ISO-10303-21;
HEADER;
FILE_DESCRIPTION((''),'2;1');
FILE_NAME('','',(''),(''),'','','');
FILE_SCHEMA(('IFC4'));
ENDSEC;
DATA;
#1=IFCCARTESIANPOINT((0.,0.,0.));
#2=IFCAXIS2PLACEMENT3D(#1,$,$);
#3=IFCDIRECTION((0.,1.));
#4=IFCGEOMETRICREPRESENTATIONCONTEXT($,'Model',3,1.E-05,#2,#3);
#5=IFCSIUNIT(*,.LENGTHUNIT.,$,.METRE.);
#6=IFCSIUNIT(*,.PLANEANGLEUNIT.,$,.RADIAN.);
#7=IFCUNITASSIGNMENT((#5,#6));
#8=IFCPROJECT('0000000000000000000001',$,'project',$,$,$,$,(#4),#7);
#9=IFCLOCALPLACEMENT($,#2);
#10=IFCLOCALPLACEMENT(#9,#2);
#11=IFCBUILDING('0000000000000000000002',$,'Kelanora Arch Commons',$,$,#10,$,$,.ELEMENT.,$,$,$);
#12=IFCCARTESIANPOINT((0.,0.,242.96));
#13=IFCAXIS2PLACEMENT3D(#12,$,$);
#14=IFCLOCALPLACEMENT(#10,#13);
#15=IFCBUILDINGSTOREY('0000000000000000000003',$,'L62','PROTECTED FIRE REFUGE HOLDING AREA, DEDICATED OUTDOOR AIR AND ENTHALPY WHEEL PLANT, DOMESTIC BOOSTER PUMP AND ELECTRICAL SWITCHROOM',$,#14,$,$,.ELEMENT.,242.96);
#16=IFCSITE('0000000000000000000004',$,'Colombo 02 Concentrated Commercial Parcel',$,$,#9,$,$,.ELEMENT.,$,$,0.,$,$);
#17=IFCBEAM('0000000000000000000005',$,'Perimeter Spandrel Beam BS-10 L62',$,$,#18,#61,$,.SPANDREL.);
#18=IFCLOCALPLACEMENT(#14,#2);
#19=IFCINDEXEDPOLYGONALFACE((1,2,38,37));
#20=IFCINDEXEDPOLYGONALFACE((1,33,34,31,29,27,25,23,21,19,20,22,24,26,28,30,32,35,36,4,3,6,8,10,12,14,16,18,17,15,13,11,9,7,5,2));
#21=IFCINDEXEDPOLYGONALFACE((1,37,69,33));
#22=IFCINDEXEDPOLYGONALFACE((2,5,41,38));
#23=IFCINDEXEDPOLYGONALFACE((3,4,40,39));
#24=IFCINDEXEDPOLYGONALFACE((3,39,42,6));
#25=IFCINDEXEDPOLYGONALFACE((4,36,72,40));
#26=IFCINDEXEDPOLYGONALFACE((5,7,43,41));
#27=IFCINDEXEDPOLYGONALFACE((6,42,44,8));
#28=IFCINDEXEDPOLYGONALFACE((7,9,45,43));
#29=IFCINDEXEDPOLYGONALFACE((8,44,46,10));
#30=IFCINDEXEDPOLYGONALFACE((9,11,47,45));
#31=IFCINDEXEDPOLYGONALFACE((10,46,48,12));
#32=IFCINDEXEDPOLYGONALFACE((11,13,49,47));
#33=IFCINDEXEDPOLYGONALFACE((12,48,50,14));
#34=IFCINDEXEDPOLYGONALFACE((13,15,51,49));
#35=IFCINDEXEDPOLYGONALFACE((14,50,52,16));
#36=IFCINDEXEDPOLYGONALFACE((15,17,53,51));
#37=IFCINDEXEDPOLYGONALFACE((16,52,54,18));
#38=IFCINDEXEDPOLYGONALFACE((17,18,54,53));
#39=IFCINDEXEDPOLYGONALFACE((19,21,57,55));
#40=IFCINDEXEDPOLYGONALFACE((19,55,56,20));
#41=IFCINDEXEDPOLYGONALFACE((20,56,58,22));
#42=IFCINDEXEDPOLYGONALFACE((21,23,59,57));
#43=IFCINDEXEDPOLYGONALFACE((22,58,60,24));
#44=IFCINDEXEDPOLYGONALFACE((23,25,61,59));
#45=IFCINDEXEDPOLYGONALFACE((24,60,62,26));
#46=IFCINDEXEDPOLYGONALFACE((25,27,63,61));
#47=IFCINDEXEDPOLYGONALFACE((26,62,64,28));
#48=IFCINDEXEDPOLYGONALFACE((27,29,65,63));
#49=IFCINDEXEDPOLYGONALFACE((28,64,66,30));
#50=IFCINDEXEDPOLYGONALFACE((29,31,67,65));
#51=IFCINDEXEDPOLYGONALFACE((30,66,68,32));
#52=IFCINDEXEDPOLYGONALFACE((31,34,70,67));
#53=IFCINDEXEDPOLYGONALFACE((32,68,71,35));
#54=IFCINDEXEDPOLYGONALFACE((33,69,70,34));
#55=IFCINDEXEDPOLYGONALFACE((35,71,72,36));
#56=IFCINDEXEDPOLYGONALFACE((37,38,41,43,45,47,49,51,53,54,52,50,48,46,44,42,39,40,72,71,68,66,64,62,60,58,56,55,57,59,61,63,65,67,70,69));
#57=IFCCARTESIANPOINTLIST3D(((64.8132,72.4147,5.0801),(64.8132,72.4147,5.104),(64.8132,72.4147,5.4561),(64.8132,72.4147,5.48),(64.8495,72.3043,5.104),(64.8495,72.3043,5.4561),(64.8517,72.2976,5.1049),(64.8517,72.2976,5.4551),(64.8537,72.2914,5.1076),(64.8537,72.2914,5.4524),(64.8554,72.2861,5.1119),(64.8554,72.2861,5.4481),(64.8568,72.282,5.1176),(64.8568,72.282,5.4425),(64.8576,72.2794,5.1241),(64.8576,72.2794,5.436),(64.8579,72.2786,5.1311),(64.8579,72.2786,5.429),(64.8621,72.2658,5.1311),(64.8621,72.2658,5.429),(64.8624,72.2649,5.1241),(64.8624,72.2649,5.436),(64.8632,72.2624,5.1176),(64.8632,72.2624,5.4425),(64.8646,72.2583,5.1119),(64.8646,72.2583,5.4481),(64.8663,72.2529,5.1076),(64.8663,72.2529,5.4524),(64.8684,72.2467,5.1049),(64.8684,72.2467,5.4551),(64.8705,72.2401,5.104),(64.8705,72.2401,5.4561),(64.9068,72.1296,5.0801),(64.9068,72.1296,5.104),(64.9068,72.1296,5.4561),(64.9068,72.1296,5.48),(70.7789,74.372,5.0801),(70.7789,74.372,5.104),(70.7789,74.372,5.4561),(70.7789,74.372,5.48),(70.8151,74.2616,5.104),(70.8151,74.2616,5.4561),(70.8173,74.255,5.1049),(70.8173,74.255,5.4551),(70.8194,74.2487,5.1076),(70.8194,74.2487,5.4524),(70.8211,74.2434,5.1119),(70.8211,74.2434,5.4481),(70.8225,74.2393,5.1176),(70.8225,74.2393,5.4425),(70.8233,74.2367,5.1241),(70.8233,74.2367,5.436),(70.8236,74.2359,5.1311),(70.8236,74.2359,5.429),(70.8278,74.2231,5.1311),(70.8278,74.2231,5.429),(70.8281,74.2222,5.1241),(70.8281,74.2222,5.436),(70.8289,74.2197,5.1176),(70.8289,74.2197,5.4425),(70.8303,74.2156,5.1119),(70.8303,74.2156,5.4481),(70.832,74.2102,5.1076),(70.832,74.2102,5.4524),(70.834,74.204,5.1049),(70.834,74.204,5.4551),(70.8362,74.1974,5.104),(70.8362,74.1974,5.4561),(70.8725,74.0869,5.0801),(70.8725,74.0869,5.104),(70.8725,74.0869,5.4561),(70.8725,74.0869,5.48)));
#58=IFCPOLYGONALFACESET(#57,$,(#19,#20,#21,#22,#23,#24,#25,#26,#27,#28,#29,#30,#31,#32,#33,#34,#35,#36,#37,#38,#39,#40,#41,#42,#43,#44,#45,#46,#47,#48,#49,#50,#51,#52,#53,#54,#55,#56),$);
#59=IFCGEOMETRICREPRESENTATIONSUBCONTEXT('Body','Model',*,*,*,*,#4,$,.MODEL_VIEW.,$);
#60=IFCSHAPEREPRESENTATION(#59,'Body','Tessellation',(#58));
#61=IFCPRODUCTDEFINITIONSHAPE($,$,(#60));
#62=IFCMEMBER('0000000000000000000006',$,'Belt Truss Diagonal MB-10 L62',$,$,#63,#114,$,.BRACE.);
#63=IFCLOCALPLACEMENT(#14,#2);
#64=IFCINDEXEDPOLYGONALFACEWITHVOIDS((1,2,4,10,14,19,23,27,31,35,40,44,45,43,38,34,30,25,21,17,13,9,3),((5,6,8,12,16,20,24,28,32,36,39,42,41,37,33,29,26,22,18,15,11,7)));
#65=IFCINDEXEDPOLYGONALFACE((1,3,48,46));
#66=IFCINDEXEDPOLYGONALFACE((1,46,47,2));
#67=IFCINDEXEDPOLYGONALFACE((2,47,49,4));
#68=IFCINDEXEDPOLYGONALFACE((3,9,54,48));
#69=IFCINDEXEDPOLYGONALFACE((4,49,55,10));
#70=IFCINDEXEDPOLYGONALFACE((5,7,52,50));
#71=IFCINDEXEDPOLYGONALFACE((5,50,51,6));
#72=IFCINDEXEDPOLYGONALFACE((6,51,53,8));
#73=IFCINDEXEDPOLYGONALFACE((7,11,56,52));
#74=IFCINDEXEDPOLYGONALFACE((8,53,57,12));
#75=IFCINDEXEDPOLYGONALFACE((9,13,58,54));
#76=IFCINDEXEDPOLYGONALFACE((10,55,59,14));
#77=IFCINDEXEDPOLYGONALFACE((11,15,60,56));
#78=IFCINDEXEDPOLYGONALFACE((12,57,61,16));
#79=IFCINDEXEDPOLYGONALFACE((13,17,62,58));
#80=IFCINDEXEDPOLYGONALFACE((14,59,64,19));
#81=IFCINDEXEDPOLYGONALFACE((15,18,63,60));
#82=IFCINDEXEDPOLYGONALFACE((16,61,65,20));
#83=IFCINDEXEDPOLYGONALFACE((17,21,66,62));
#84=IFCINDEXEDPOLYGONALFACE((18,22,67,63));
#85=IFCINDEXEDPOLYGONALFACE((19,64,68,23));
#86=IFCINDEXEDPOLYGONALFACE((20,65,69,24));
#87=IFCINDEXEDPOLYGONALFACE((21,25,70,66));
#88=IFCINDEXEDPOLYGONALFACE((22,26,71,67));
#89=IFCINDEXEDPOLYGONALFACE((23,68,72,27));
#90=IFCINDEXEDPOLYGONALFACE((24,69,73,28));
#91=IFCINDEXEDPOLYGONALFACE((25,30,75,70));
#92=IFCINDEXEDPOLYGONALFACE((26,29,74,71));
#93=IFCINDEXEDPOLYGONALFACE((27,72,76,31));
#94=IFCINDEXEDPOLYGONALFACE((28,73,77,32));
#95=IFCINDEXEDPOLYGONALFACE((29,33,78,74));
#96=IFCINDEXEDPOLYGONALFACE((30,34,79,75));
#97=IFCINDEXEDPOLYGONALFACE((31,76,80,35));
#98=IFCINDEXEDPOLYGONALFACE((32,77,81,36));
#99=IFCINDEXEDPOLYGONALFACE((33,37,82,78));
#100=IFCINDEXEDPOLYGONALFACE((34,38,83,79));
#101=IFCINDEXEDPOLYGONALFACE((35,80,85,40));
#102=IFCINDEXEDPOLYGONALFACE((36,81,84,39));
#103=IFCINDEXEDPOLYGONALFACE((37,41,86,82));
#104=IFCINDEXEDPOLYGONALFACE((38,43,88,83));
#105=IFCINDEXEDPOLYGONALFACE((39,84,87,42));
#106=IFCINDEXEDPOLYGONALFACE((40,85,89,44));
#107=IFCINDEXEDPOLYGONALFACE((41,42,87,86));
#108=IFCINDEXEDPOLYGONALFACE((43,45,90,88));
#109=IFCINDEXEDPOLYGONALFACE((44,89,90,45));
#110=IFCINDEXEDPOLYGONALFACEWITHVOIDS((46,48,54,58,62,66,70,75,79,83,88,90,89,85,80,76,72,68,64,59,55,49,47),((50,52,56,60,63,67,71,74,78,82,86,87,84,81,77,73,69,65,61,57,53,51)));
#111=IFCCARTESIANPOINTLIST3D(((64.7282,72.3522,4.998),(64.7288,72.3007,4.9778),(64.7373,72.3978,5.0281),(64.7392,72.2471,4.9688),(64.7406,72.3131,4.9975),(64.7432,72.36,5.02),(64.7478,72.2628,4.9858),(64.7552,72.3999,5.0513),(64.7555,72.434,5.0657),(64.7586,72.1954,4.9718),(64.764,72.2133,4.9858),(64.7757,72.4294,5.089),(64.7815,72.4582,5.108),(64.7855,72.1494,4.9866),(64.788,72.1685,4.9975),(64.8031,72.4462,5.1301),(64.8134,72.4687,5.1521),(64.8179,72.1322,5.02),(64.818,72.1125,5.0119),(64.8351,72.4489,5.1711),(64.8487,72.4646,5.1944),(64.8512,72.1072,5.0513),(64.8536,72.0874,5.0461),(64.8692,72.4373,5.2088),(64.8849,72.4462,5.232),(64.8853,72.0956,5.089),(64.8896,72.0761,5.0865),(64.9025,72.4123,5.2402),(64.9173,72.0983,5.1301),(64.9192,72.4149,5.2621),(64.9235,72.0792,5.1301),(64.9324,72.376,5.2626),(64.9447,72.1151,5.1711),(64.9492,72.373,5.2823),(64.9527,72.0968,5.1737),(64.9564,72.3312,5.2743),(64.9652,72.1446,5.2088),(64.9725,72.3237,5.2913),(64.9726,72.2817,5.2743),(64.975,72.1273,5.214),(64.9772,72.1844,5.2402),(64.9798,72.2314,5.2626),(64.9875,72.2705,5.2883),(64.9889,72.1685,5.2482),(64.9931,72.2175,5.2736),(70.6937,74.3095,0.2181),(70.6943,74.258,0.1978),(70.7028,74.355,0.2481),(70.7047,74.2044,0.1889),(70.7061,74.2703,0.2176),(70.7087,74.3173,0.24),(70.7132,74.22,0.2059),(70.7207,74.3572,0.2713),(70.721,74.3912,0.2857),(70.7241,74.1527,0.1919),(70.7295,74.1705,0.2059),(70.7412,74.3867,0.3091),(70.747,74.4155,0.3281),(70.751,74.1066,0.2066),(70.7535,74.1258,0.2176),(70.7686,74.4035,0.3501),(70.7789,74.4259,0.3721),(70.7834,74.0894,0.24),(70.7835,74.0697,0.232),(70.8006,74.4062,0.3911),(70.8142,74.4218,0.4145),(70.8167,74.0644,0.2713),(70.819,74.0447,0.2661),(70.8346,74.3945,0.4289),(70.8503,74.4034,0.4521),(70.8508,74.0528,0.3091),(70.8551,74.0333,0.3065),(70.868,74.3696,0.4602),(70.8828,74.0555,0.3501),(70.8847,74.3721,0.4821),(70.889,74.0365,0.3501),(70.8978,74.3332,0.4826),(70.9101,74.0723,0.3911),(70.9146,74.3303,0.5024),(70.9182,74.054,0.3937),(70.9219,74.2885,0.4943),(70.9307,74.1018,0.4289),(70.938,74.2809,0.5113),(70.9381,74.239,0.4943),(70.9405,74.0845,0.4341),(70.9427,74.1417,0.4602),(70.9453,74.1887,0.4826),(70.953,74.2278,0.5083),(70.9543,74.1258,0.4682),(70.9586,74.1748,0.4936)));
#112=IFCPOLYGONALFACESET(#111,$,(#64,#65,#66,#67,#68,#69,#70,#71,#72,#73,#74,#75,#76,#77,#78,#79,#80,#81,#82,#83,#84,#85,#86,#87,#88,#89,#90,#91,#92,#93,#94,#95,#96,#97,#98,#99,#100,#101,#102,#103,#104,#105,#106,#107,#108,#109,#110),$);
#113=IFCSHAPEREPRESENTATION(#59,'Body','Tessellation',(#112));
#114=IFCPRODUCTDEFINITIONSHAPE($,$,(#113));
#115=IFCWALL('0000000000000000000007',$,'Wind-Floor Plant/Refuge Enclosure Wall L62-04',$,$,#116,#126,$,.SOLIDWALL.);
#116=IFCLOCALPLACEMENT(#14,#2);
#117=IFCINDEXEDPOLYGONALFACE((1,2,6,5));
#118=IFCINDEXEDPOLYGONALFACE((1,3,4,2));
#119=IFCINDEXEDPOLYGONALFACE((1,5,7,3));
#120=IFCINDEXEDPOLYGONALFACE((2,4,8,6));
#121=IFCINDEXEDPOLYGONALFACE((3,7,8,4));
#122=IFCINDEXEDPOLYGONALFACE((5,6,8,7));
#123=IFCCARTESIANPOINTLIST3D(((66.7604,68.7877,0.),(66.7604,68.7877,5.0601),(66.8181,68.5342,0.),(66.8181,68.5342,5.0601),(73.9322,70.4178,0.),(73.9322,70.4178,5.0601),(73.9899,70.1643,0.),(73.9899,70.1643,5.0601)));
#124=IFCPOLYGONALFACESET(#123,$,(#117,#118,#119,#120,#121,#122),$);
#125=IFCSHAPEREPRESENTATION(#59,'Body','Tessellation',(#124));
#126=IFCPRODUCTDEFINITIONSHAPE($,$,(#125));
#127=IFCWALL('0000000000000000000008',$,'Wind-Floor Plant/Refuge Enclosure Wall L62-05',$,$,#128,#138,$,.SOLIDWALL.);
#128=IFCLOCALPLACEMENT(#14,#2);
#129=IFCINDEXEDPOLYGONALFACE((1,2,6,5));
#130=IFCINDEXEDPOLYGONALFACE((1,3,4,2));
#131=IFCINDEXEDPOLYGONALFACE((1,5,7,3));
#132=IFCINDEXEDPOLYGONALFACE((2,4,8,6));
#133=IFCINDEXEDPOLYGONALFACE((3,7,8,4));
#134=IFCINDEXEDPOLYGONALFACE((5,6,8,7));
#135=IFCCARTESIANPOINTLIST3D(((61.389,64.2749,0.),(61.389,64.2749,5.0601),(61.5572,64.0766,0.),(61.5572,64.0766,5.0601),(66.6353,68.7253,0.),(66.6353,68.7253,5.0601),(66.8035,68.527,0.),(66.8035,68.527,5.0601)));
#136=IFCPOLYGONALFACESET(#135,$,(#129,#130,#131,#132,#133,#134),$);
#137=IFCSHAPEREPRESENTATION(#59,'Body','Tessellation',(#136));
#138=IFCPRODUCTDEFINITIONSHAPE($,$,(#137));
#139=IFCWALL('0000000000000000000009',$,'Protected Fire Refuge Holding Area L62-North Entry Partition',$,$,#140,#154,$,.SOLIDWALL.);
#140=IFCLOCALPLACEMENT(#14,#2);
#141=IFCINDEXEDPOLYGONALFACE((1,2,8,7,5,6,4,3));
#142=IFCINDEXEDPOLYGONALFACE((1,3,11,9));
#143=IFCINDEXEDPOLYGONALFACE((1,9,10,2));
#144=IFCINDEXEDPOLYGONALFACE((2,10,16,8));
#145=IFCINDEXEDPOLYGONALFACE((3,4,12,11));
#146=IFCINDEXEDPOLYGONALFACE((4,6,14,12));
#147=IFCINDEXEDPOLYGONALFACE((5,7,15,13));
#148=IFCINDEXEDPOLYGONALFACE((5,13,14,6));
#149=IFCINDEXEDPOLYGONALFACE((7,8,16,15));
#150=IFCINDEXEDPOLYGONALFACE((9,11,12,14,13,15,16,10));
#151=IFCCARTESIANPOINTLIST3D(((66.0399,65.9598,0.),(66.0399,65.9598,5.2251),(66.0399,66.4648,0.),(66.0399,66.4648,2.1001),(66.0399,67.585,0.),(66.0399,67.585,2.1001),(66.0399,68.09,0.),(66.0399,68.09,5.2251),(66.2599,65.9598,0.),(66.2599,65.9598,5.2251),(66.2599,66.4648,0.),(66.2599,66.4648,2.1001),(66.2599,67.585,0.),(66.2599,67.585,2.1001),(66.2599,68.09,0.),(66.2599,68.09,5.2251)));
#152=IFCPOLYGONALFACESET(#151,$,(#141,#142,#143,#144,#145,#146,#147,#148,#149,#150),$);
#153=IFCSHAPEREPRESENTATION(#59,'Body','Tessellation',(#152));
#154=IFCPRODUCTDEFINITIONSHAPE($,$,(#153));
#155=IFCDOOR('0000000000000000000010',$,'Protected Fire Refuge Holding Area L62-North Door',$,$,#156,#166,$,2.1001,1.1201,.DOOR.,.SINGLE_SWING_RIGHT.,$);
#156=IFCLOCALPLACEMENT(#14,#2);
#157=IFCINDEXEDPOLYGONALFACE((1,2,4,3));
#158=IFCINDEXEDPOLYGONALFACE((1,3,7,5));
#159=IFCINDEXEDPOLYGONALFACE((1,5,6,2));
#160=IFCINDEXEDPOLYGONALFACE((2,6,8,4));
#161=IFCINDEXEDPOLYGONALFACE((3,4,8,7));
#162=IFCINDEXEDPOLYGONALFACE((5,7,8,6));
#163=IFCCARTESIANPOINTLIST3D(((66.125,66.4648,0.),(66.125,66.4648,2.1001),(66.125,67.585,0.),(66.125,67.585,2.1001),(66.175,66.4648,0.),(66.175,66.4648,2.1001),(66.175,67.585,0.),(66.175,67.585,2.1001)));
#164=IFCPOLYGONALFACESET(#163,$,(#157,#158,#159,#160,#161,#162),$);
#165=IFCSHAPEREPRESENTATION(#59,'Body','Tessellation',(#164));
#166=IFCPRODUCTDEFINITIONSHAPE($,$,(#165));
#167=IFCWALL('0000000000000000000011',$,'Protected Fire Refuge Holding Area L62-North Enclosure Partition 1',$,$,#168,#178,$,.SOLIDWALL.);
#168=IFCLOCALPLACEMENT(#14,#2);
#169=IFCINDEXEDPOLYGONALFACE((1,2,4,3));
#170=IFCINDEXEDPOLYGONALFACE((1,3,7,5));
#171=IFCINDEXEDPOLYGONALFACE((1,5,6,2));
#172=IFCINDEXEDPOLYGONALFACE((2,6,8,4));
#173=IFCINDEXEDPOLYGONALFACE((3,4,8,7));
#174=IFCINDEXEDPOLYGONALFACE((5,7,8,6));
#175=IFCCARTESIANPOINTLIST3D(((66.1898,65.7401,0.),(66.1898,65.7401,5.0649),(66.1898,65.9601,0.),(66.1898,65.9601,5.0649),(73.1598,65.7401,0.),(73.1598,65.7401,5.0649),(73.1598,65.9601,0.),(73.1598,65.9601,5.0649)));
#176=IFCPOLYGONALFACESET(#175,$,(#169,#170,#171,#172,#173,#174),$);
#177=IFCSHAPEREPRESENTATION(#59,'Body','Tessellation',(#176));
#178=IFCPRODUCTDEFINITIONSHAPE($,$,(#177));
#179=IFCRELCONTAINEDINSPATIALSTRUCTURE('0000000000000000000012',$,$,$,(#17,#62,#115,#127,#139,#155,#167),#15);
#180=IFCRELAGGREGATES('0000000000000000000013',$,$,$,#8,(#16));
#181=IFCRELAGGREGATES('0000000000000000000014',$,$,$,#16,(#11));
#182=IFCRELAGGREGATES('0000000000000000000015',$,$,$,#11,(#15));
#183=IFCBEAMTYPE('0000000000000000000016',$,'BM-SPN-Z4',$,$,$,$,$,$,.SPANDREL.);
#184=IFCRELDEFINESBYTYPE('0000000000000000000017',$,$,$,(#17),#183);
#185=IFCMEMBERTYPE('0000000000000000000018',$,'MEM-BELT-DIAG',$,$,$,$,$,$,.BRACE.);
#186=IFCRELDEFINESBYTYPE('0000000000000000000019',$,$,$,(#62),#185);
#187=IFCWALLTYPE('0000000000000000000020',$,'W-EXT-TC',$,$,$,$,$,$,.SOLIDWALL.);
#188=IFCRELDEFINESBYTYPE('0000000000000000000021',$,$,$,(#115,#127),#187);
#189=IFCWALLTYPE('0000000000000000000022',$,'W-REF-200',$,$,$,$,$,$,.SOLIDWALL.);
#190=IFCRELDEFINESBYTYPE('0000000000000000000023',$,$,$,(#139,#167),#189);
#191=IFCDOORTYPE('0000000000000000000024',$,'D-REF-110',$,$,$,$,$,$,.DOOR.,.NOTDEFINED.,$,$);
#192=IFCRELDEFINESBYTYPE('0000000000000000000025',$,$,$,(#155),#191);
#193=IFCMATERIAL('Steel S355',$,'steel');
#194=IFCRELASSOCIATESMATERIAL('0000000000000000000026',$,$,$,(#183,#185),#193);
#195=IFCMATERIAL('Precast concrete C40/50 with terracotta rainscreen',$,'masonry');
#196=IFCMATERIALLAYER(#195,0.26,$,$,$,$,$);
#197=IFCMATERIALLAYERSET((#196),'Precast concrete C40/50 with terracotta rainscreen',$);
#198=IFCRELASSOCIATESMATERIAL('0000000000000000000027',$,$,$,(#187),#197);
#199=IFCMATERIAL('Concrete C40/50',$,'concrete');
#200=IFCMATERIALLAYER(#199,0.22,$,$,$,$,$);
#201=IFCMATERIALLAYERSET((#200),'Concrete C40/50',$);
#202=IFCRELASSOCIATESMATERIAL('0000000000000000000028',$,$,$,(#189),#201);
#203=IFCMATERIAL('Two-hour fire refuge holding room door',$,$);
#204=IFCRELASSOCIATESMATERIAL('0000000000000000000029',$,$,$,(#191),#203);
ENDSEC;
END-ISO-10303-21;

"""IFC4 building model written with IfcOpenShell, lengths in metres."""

from ifc_helpers import new_model, si_unit, direction, frame, frame_2d, origin, origin_2d, place, context, subcontext, project, spatial, rectangle, hollow_circle, i_section, extrude, material, layer, layer_set, material_profile, profile_set, type_object, element, fill, save


model = new_model("IFC4")

# Units and contexts
model_context = context("Model", 3, precision=1e-05, world=origin(), true_north=direction((0.0, 1.0)))
body_context = subcontext(model_context, "Body", "Model", "MODEL_VIEW")
ifc_project = project(units=[si_unit("LENGTHUNIT", "METRE"), si_unit("PLANEANGLEUNIT", "RADIAN")], contexts=[model_context])

# Site, building, storey
site_placement = place(None, origin())
site = spatial("IfcSite", under=ifc_project, at=site_placement, Name="Colombo 02 Concentrated Commercial Parcel", CompositionType="ELEMENT", RefElevation=0.0)
building_placement = place(site_placement, origin())
building = spatial("IfcBuilding", under=site, at=building_placement, Name="Kelanora Arch Commons", CompositionType="ELEMENT")
storey_placement = place(building_placement, frame((0.0, 0.0, 242.96)))
storey = spatial("IfcBuildingStorey", under=building, at=storey_placement, Name="L62", Description="PROTECTED FIRE REFUGE HOLDING AREA, DEDICATED OUTDOOR AIR AND ENTHALPY WHEEL PLANT, DOMESTIC BOOSTER PUMP AND ELECTRICAL SWITCHROOM", CompositionType="ELEMENT", Elevation=242.96)

# Beam
ifc_material_1 = material(Name="Steel S355", Category="steel")
ifc_material_profile_1 = material_profile(ifc_material_1, i_section(OverallWidth=0.3, OverallDepth=0.3999, WebThickness=0.0134, FlangeThickness=0.0239, FilletRadius=0.0271, at=origin_2d()), Name="HEB400")
ifc_profile_set_1 = profile_set([ifc_material_profile_1], Name="Steel S355")
beam_type_1 = type_object("IfcBeamType", Name="BM-SPN-Z4", PredefinedType="SPANDREL", material=ifc_profile_set_1)
beam_1_placement = place(storey_placement, frame((70.8257, 74.2295, 5.28), z_axis=(-0.950166, -0.311745, 0.0), x_axis=(0.311745, -0.950166, 0.0)))
element("IfcBeam", 1, at=beam_1_placement, inside=storey, type_object=beam_type_1, Name="Perimeter Spandrel Beam BS-10 L62", PredefinedType="SPANDREL", context=body_context, shape_type="SweptSolid", body=[
    extrude(i_section(OverallWidth=0.3, OverallDepth=0.3999, WebThickness=0.0134, FlangeThickness=0.0239, FilletRadius=0.0271, at=origin_2d()), origin(), (0.0, 0.0, 1.0), 6.2786),
])

# Member
ifc_material_profile_2 = material_profile(ifc_material_1, hollow_circle(Radius=0.2031, WallThickness=0.02, at=origin_2d()), Name="CHS406.4x20")
ifc_profile_set_2 = profile_set([ifc_material_profile_2], Name="Steel S355")
member_type = type_object("IfcMemberType", Name="MEM-BELT-DIAG", PredefinedType="BRACE", material=ifc_profile_set_2)
member_placement = place(storey_placement, frame((70.8257, 74.2295, 0.3501), z_axis=(-0.755999, -0.248039, 0.605758), x_axis=(0.311745, -0.950166, 0.0)))
element("IfcMember", 2, at=member_placement, inside=storey, type_object=member_type, Name="Belt Truss Diagonal MB-10 L62", PredefinedType="BRACE", context=body_context, shape_type="SweptSolid", body=[
    extrude(hollow_circle(Radius=0.2031, WallThickness=0.02, at=origin_2d()), origin(), (0.0, 0.0, 1.0), 7.8909),
])

# Walls
ifc_material_2 = material(Name="Precast concrete C40/50 with terracotta rainscreen", Category="masonry")
ifc_layer_1 = layer(ifc_material_2, 0.26)
ifc_layer_set_1 = layer_set([ifc_layer_1], Name="Precast concrete C40/50 with terracotta rainscreen")
wall_type_1 = type_object("IfcWallType", Name="W-EXT-TC", PredefinedType="SOLIDWALL", material=ifc_layer_set_1)
wall_1_placement = place(storey_placement, frame((73.9609, 70.291, 0.0), z_axis=(0.0, 0.0, 1.0), x_axis=(-0.975128, -0.221641, 0.0)))
element("IfcWall", 3, at=wall_1_placement, inside=storey, type_object=wall_type_1, Name="Wind-Floor Plant/Refuge Enclosure Wall L62-04", PredefinedType="SOLIDWALL", context=body_context, shape_type="SweptSolid", body=[
    extrude(rectangle(XDim=7.3547, YDim=0.26, at=frame_2d((3.6772, 0.0))), origin(), (0.0, 0.0, 1.0), 5.0601),
])
wall_2_placement = place(storey_placement, frame((66.7195, 68.6262, 0.0), z_axis=(0.0, 0.0, 1.0), x_axis=(-0.762581, -0.646893, 0.0)))
element("IfcWall", 4, at=wall_2_placement, inside=storey, type_object=wall_type_1, Name="Wind-Floor Plant/Refuge Enclosure Wall L62-05", PredefinedType="SOLIDWALL", context=body_context, shape_type="SweptSolid", body=[
    extrude(rectangle(XDim=6.8796, YDim=0.26, at=frame_2d((3.4399, 0.0))), origin(), (0.0, 0.0, 1.0), 5.0601),
])

# Wall, opening, door
ifc_material_3 = material(Name="Concrete C40/50", Category="concrete")
ifc_layer_2 = layer(ifc_material_3, 0.22)
ifc_layer_set_2 = layer_set([ifc_layer_2], Name="Concrete C40/50")
wall_type_2 = type_object("IfcWallType", Name="W-REF-200", PredefinedType="SOLIDWALL", material=ifc_layer_set_2)
wall_3_placement = place(storey_placement, frame((66.1499, 65.96, 0.0), z_axis=(0.0, 0.0, 1.0), x_axis=(0.0, 1.0, 0.0)))
wall_3 = element("IfcWall", 5, at=wall_3_placement, inside=storey, type_object=wall_type_2, Name="Protected Fire Refuge Holding Area L62-North Entry Partition", PredefinedType="SOLIDWALL", context=body_context, shape_type="SweptSolid", body=[
    extrude(rectangle(XDim=2.1301, YDim=0.22, at=frame_2d((1.0649, 0.0))), origin(), (0.0, 0.0, 1.0), 5.2251),
])
opening_1_placement = place(wall_3_placement, frame((0.5049, 0.0, 0.0)))
opening_1 = element("IfcOpeningElement", 6, at=opening_1_placement, cuts=wall_3, PredefinedType="OPENING", context=body_context, shape_type="SweptSolid", body=[
    extrude(rectangle(XDim=1.1201, YDim=2.1001, at=frame_2d((0.5601, 1.05))), frame((0.0, 0.1201, 0.0), z_axis=(0.0, -1.0, 0.0), x_axis=(1.0, 0.0, 0.0)), (0.0, 0.0, 1.0), 0.24),
])
ifc_material_4 = material(Name="Two-hour fire refuge holding room door")
door_type_1 = type_object("IfcDoorType", Name="D-REF-110", OperationType="NOTDEFINED", PredefinedType="DOOR", material=ifc_material_4)
door_1_placement = place(opening_1_placement, origin())
door_1 = element("IfcDoor", 7, at=door_1_placement, inside=storey, type_object=door_type_1, Name="Protected Fire Refuge Holding Area L62-North Door", OperationType="SINGLE_SWING_RIGHT", OverallHeight=2.1001, OverallWidth=1.1201, PredefinedType="DOOR", context=body_context, shape_type="SweptSolid", body=[
    extrude(rectangle(XDim=1.1201, YDim=2.1001, at=frame_2d((0.5601, 1.05))), frame((0.0, 0.0249, 0.0), z_axis=(0.0, -1.0, 0.0), x_axis=(1.0, 0.0, 0.0)), (0.0, 0.0, 1.0), 0.05),
])
fill(opening_1, door_1)

# Wall
wall_4_placement = place(storey_placement, frame((66.1899, 65.8501, 0.0), z_axis=(0.0, 0.0, 1.0), x_axis=(1.0, 0.0, 0.0)))
element("IfcWall", 8, at=wall_4_placement, inside=storey, type_object=wall_type_2, Name="Protected Fire Refuge Holding Area L62-North Enclosure Partition 1", PredefinedType="SOLIDWALL", context=body_context, shape_type="SweptSolid", body=[
    extrude(rectangle(XDim=6.97, YDim=0.22, at=frame_2d((3.4849, 0.0))), origin(), (0.0, 0.0, 1.0), 5.0649),
])

save(model, "model.ifc")
